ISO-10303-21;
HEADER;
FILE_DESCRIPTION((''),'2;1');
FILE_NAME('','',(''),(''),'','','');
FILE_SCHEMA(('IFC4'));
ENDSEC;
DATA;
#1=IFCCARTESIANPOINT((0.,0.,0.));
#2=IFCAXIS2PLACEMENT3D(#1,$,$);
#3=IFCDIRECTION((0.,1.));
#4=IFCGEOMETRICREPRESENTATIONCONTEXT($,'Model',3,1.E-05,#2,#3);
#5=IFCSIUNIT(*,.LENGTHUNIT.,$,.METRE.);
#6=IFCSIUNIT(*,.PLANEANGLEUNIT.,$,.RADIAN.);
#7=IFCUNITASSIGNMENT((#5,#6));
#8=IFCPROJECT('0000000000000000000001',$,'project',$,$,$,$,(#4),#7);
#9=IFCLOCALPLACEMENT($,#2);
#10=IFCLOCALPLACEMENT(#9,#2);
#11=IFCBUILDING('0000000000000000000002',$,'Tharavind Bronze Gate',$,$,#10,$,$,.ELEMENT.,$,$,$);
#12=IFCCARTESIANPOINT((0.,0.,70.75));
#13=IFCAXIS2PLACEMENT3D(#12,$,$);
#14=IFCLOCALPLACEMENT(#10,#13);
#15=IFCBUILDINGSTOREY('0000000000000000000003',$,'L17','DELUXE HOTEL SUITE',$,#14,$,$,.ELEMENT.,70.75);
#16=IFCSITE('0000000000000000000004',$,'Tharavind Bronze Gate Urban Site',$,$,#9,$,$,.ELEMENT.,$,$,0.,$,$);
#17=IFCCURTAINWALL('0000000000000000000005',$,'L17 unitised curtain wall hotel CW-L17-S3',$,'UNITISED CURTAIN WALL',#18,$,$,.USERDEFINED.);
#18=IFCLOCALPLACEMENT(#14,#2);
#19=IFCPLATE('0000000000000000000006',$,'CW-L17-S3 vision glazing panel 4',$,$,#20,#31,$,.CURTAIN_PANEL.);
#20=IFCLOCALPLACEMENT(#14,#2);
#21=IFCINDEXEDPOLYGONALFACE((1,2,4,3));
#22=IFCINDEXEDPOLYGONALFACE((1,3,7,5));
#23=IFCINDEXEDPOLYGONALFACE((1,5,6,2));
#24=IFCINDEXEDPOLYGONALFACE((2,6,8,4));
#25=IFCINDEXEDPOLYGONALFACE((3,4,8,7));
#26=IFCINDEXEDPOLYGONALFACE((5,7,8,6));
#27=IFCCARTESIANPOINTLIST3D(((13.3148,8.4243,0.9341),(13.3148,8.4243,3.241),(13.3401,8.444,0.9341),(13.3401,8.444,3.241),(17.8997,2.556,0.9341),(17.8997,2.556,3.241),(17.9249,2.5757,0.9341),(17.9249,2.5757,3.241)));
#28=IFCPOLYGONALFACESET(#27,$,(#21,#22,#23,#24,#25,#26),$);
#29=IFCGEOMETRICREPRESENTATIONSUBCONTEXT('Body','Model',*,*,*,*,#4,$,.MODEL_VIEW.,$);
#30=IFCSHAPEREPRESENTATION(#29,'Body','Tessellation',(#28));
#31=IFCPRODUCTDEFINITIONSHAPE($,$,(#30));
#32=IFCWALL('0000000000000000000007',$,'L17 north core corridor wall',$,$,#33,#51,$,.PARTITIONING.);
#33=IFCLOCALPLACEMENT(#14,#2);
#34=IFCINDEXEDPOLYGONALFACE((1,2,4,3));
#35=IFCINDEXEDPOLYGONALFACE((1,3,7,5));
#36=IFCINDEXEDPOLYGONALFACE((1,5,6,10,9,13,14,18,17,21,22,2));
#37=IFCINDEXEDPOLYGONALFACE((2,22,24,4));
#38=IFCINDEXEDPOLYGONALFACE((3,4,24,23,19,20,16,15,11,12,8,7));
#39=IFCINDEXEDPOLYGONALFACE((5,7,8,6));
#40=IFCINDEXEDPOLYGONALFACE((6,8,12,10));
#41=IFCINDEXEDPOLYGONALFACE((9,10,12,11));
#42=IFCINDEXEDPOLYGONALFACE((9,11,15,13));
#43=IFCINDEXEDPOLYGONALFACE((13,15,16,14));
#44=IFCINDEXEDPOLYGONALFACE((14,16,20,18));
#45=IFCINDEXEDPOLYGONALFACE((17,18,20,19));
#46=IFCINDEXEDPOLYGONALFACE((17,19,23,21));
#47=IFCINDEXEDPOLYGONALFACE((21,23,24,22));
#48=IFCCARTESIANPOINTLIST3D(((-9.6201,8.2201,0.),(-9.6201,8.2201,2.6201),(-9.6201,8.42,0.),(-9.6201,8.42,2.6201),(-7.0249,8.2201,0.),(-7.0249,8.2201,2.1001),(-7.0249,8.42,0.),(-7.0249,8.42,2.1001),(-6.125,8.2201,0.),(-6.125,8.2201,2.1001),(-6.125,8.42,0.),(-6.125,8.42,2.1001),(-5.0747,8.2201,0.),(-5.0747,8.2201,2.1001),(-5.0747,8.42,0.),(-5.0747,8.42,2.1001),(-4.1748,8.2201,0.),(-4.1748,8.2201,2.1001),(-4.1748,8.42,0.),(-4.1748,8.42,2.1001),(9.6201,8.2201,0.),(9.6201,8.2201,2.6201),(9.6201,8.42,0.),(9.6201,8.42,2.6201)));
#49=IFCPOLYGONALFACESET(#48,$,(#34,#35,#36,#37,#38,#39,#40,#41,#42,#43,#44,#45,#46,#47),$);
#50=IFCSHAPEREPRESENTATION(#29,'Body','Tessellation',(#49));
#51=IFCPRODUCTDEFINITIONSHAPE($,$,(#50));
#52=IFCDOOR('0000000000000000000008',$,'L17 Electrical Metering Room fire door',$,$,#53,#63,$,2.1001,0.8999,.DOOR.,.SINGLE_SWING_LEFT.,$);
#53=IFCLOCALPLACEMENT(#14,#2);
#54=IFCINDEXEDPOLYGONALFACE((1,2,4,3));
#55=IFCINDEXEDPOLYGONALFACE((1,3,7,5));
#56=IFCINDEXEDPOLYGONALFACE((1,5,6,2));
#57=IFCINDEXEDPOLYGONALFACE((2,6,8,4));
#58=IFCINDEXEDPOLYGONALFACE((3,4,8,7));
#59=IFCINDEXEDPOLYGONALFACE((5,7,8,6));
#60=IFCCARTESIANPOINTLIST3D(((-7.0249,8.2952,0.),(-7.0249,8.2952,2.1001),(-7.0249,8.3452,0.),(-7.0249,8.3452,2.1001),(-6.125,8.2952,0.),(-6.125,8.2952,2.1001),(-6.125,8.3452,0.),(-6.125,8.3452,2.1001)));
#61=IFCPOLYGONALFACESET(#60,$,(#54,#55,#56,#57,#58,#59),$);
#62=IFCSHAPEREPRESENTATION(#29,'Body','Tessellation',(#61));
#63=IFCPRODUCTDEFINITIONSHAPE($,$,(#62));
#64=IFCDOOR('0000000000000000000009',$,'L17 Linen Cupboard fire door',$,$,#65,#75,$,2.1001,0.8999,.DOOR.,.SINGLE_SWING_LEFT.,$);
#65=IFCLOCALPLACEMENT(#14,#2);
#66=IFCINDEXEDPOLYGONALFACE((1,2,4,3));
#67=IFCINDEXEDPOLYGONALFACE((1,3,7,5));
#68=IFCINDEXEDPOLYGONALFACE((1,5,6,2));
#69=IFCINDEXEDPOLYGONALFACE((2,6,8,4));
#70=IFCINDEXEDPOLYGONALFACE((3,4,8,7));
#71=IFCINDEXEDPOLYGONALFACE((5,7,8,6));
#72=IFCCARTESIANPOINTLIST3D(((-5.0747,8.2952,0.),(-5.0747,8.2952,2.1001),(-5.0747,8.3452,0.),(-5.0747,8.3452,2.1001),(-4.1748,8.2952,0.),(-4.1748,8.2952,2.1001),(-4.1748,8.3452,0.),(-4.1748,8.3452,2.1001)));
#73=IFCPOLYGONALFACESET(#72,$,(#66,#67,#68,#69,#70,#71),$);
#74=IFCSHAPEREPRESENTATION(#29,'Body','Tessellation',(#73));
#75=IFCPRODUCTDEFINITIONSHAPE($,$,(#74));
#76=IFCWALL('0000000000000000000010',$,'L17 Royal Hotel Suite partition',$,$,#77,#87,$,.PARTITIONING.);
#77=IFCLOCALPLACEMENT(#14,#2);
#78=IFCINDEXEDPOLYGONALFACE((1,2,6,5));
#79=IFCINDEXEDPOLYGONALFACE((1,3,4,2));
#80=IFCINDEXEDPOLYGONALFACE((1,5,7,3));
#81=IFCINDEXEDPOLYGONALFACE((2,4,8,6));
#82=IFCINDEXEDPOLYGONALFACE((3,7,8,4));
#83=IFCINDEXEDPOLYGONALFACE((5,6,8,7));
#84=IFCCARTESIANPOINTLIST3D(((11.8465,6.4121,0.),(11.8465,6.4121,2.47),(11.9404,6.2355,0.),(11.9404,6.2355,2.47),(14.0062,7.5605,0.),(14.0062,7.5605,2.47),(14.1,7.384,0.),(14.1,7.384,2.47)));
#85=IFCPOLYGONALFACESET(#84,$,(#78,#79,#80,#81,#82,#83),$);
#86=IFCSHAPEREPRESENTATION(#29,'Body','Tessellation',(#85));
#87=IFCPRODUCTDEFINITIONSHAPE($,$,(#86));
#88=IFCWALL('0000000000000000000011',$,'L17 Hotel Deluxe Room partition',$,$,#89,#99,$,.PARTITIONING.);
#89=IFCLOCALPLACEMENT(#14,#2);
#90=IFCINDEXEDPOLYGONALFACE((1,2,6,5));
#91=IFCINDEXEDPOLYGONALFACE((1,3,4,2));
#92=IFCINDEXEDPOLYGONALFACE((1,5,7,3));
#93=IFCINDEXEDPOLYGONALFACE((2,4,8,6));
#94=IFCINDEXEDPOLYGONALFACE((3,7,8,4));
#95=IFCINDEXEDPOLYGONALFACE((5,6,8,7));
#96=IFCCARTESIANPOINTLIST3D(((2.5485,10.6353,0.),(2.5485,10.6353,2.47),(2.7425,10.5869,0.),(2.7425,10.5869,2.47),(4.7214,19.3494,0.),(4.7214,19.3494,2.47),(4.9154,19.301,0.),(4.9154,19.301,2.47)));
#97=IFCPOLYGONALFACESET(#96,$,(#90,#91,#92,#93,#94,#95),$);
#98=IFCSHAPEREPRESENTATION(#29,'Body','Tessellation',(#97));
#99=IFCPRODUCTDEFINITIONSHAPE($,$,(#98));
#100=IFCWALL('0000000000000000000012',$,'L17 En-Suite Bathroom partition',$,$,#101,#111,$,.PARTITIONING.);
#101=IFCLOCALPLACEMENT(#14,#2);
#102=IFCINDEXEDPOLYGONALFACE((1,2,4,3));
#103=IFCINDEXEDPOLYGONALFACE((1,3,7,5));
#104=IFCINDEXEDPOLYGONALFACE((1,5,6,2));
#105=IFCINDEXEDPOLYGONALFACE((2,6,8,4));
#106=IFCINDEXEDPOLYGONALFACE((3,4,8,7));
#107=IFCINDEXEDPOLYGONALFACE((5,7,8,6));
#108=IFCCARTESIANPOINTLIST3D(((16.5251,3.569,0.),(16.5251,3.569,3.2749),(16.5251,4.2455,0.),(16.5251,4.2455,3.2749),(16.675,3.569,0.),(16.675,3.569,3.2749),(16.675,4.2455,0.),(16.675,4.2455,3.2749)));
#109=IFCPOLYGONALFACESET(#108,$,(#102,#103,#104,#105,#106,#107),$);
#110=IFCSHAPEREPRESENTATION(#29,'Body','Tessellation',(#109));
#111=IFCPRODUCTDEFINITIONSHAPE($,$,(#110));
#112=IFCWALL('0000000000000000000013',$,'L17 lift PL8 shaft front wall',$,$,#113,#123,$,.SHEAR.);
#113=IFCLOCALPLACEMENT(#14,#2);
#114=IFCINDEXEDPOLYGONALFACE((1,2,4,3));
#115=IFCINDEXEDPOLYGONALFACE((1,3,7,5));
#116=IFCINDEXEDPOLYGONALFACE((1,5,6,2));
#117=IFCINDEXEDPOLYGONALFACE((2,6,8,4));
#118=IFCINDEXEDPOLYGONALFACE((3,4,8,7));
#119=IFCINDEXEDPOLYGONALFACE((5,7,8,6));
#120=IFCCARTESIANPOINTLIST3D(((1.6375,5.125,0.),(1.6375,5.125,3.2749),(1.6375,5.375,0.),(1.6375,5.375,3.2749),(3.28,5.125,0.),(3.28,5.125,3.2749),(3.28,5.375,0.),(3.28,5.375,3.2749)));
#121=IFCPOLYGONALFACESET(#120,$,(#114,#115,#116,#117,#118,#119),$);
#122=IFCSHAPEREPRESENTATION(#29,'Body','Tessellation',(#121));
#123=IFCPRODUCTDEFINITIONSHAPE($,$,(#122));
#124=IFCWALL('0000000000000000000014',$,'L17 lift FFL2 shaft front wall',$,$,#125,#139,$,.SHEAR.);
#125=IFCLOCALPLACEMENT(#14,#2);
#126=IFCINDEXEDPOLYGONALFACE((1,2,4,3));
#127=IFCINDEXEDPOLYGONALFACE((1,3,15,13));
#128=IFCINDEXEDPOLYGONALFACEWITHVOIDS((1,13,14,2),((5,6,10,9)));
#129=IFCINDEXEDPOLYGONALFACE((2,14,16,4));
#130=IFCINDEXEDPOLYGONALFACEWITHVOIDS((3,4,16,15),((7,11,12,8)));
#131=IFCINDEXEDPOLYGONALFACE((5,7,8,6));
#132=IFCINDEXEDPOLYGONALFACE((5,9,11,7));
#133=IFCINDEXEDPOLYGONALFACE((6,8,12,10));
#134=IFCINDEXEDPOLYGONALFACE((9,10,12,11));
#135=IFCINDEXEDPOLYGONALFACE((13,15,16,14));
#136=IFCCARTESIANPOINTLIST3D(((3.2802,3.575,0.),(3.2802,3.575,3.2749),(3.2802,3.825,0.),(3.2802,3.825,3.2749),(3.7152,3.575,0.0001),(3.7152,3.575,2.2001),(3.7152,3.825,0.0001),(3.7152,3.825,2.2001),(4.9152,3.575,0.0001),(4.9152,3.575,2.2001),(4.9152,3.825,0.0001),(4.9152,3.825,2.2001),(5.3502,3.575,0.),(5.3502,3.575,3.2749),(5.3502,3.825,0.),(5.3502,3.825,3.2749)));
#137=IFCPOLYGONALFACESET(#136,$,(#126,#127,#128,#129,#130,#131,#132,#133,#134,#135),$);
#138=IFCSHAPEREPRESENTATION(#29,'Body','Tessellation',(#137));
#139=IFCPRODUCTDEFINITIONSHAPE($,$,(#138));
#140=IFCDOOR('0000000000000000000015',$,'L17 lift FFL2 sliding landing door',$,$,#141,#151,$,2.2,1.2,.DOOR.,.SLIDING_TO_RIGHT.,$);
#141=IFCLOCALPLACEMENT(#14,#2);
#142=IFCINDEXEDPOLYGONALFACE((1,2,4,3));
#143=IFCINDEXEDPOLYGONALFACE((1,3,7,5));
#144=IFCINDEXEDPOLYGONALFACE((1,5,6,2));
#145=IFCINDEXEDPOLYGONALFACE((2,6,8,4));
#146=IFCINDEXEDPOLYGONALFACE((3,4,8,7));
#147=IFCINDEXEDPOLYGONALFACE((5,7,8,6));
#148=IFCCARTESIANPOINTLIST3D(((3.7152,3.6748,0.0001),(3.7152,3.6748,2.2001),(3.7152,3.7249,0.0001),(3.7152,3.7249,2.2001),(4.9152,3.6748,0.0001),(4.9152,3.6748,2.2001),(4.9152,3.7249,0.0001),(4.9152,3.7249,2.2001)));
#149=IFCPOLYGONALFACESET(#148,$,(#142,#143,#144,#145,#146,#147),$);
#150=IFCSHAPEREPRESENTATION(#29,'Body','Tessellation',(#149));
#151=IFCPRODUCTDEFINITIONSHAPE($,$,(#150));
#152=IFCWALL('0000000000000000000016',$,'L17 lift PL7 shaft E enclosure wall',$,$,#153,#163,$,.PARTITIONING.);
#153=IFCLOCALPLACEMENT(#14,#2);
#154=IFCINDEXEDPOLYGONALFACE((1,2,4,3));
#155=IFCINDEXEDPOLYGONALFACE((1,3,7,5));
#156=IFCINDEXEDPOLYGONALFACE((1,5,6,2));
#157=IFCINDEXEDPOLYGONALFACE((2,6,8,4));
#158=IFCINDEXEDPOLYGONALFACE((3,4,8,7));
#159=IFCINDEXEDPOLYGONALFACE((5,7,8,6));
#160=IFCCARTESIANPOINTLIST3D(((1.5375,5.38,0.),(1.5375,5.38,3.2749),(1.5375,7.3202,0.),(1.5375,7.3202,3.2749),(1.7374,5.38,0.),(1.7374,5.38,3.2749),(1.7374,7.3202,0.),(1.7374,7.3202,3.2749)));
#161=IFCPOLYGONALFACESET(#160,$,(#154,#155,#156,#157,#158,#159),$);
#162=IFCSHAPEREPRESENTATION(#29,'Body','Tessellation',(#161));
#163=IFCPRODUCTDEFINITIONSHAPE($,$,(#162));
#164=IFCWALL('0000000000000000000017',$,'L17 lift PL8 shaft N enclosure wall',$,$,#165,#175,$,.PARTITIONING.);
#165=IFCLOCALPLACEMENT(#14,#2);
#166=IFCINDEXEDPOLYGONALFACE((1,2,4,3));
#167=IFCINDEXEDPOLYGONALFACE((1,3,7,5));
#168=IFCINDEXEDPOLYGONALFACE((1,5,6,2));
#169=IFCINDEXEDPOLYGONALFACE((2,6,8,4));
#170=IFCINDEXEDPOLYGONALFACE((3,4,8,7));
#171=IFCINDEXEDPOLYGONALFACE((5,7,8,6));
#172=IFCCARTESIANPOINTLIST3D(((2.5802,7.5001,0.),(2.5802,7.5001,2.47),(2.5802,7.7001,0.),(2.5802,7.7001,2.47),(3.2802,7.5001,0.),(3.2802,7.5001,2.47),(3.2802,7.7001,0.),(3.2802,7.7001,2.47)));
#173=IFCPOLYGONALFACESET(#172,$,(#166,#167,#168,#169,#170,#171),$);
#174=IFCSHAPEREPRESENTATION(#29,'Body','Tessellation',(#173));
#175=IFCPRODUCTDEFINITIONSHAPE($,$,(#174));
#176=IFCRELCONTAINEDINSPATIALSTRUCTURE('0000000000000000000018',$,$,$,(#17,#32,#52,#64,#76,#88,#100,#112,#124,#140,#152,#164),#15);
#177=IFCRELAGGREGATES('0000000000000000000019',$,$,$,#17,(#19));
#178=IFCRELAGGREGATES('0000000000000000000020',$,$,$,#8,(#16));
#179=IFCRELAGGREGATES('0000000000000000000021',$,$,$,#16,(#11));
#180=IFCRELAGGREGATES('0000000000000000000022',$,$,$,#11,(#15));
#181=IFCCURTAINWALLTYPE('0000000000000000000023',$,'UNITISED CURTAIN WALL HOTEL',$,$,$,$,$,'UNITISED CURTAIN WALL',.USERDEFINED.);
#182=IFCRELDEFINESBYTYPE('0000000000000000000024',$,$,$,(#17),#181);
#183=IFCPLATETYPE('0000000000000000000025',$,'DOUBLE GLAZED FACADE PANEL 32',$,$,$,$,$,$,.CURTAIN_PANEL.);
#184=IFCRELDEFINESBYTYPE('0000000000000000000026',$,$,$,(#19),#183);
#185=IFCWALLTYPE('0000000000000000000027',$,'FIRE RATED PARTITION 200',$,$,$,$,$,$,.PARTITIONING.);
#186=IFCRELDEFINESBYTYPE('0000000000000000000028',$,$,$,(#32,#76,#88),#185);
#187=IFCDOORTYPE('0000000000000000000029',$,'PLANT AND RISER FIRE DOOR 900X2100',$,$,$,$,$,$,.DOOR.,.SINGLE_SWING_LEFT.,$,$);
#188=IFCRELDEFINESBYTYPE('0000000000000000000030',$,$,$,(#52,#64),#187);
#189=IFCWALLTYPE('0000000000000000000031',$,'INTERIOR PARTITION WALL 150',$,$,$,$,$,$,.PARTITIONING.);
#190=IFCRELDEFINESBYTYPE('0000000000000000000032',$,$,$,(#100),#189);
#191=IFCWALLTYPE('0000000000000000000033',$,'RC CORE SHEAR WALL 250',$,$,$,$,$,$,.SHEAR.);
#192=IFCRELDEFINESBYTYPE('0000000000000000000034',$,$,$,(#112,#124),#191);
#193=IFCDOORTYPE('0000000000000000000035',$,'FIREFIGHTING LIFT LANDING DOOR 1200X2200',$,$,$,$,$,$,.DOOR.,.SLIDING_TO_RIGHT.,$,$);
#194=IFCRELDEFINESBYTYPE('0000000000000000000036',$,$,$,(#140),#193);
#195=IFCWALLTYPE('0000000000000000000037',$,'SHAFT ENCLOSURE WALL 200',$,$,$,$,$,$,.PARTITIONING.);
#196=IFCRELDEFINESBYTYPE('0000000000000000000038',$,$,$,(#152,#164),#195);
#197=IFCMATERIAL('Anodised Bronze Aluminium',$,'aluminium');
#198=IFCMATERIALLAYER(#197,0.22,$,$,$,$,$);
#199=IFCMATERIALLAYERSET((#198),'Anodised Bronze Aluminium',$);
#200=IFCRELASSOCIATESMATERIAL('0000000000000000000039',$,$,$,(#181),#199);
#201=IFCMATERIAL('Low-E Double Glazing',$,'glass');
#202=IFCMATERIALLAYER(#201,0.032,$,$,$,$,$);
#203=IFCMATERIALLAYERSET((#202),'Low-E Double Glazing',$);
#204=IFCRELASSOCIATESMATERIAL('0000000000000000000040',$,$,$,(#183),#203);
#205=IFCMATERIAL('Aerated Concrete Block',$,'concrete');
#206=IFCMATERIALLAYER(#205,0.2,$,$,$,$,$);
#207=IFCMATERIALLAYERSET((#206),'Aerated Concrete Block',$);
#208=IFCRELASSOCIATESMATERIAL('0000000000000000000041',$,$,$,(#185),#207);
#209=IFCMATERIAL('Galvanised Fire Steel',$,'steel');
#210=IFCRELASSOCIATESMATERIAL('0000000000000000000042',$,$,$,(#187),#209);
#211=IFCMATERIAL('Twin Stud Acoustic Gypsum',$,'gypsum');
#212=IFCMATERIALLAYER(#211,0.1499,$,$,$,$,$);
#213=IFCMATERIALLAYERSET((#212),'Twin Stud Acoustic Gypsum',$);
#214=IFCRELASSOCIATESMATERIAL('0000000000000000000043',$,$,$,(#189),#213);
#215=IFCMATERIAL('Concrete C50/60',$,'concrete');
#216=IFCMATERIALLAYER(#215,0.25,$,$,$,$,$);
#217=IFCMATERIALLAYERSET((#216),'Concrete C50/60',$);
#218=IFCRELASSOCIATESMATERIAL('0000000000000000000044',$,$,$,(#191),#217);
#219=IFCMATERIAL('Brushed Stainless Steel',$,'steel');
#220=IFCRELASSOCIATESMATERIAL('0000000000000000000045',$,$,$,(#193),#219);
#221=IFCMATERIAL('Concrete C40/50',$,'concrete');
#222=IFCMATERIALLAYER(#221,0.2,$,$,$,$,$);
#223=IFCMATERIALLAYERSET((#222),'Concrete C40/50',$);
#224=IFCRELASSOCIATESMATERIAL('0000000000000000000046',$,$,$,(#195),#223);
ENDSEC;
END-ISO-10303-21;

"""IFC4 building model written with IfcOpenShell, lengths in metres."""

from ifc_helpers import new_model, si_unit, direction, frame, frame_2d, origin, origin_2d, place, context, subcontext, project, spatial, rectangle, extrude, material, layer, layer_set, type_object, element, fill, aggregate, save


model = new_model("IFC4")

# Units and contexts
model_context = context("Model", 3, precision=1e-05, world=origin(), true_north=direction((0.0, 1.0)))
body_context = subcontext(model_context, "Body", "Model", "MODEL_VIEW")
ifc_project = project(units=[si_unit("LENGTHUNIT", "METRE"), si_unit("PLANEANGLEUNIT", "RADIAN")], contexts=[model_context])

# Site, building, storey
site_placement = place(None, origin())
site = spatial("IfcSite", under=ifc_project, at=site_placement, Name="Tharavind Bronze Gate Urban Site", CompositionType="ELEMENT", RefElevation=0.0)
building_placement = place(site_placement, origin())
building = spatial("IfcBuilding", under=site, at=building_placement, Name="Tharavind Bronze Gate", CompositionType="ELEMENT")
storey_placement = place(building_placement, frame((0.0, 0.0, 70.75)))
storey = spatial("IfcBuildingStorey", under=building, at=storey_placement, Name="L17", Description="DELUXE HOTEL SUITE", CompositionType="ELEMENT", Elevation=70.75)

# Curtain wall
ifc_material_1 = material(Name="Anodised Bronze Aluminium", Category="aluminium")
ifc_layer_1 = layer(ifc_material_1, 0.22)
ifc_layer_set_1 = layer_set([ifc_layer_1], Name="Anodised Bronze Aluminium")
curtain_wall_type = type_object("IfcCurtainWallType", Name="UNITISED CURTAIN WALL HOTEL", ElementType="UNITISED CURTAIN WALL", PredefinedType="USERDEFINED", material=ifc_layer_set_1)
curtain_wall_placement = place(storey_placement, origin())
curtain_wall = element("IfcCurtainWall", 1, at=curtain_wall_placement, inside=storey, type_object=curtain_wall_type, Name="L17 unitised curtain wall hotel CW-L17-S3", ObjectType="UNITISED CURTAIN WALL", PredefinedType="USERDEFINED")

# Plate
ifc_material_2 = material(Name="Low-E Double Glazing", Category="glass")
ifc_layer_2 = layer(ifc_material_2, 0.032)
ifc_layer_set_2 = layer_set([ifc_layer_2], Name="Low-E Double Glazing")
plate_type_1 = type_object("IfcPlateType", Name="DOUBLE GLAZED FACADE PANEL 32", PredefinedType="CURTAIN_PANEL", material=ifc_layer_set_2)
plate_1_placement = place(storey_placement, frame((15.6199, 5.5, 0.9341), z_axis=(0.0, 0.0, 1.0), x_axis=(-0.615661, 0.788011, 0.0)))
plate_1 = element("IfcPlate", 2, at=plate_1_placement, type_object=plate_type_1, Name="CW-L17-S3 vision glazing panel 4", PredefinedType="CURTAIN_PANEL", context=body_context, shape_type="SweptSolid", body=[
    extrude(rectangle(XDim=7.447, YDim=0.032, at=origin_2d()), origin(), (0.0, 0.0, 1.0), 2.3069),
])
aggregate(curtain_wall, [plate_1])

# Wall, openings, doors
ifc_material_3 = material(Name="Aerated Concrete Block", Category="concrete")
ifc_layer_3 = layer(ifc_material_3, 0.2)
ifc_layer_set_3 = layer_set([ifc_layer_3], Name="Aerated Concrete Block")
wall_type_1 = type_object("IfcWallType", Name="FIRE RATED PARTITION 200", PredefinedType="PARTITIONING", material=ifc_layer_set_3)
wall_1_placement = place(storey_placement, frame((9.6201, 8.3201, 0.0), z_axis=(0.0, 0.0, 1.0), x_axis=(-1.0, 0.0, 0.0)))
wall_1 = element("IfcWall", 3, at=wall_1_placement, inside=storey, type_object=wall_type_1, Name="L17 north core corridor wall", PredefinedType="PARTITIONING", context=body_context, shape_type="SweptSolid", body=[
    extrude(rectangle(XDim=19.2402, YDim=0.2, at=frame_2d((9.6201, 0.0))), origin(), (0.0, 0.0, 1.0), 2.6201),
])
opening_1_placement = place(wall_1_placement, frame((15.7451, 0.0, 0.0)))
opening_1 = element("IfcOpeningElement", 4, at=opening_1_placement, cuts=wall_1, PredefinedType="OPENING", context=body_context, shape_type="SweptSolid", body=[
    extrude(rectangle(XDim=0.8999, YDim=2.1001, at=frame_2d((0.45, 1.05))), frame((0.0, 0.1101, 0.0), z_axis=(0.0, -1.0, 0.0), x_axis=(1.0, 0.0, 0.0)), (0.0, 0.0, 1.0), 0.22),
])
opening_2_placement = place(wall_1_placement, frame((13.7949, 0.0, 0.0)))
opening_2 = element("IfcOpeningElement", 5, at=opening_2_placement, cuts=wall_1, PredefinedType="OPENING", context=body_context, shape_type="SweptSolid", body=[
    extrude(rectangle(XDim=0.8999, YDim=2.1001, at=frame_2d((0.45, 1.05))), frame((0.0, 0.1101, 0.0), z_axis=(0.0, -1.0, 0.0), x_axis=(1.0, 0.0, 0.0)), (0.0, 0.0, 1.0), 0.22),
])
ifc_material_4 = material(Name="Galvanised Fire Steel", Category="steel")
door_type_1 = type_object("IfcDoorType", Name="PLANT AND RISER FIRE DOOR 900X2100", OperationType="SINGLE_SWING_LEFT", PredefinedType="DOOR", material=ifc_material_4)
door_1_placement = place(opening_1_placement, origin())
door_1 = element("IfcDoor", 6, at=door_1_placement, inside=storey, type_object=door_type_1, Name="L17 Electrical Metering Room fire door", OperationType="SINGLE_SWING_LEFT", OverallHeight=2.1001, OverallWidth=0.8999, PredefinedType="DOOR", context=body_context, shape_type="SweptSolid", body=[
    extrude(rectangle(XDim=0.8999, YDim=2.1001, at=frame_2d((0.45, 1.05))), frame((0.0, 0.0249, 0.0), z_axis=(0.0, -1.0, 0.0), x_axis=(1.0, 0.0, 0.0)), (0.0, 0.0, 1.0), 0.05),
])
fill(opening_1, door_1)
door_2_placement = place(opening_2_placement, origin())
door_2 = element("IfcDoor", 7, at=door_2_placement, inside=storey, type_object=door_type_1, Name="L17 Linen Cupboard fire door", OperationType="SINGLE_SWING_LEFT", OverallHeight=2.1001, OverallWidth=0.8999, PredefinedType="DOOR", context=body_context, shape_type="SweptSolid", body=[
    extrude(rectangle(XDim=0.8999, YDim=2.1001, at=frame_2d((0.45, 1.05))), frame((0.0, 0.0249, 0.0), z_axis=(0.0, -1.0, 0.0), x_axis=(1.0, 0.0, 0.0)), (0.0, 0.0, 1.0), 0.05),
])
fill(opening_2, door_2)

# Wall
wall_2_placement = place(storey_placement, frame((11.8933, 6.3237, 0.0), z_axis=(0.0, 0.0, 1.0), x_axis=(0.882927, 0.46951, 0.0)))
element("IfcWall", 8, at=wall_2_placement, inside=storey, type_object=wall_type_1, Name="L17 Royal Hotel Suite partition", PredefinedType="PARTITIONING", context=body_context, shape_type="SweptSolid", body=[
    extrude(rectangle(XDim=2.446, YDim=0.2, at=frame_2d((1.2231, 0.0))), origin(), (0.0, 0.0, 1.0), 2.47),
])

# Wall
wall_3_placement = place(storey_placement, frame((2.6455, 10.6111, 0.0), z_axis=(0.0, 0.0, 1.0), x_axis=(0.241941, 0.970291, 0.0)))
element("IfcWall", 9, at=wall_3_placement, inside=storey, type_object=wall_type_1, Name="L17 Hotel Deluxe Room partition", PredefinedType="PARTITIONING", context=body_context, shape_type="SweptSolid", body=[
    extrude(rectangle(XDim=8.981, YDim=0.2, at=frame_2d((4.4905, 0.0))), origin(), (0.0, 0.0, 1.0), 2.47),
])

# Wall
ifc_material_5 = material(Name="Twin Stud Acoustic Gypsum", Category="gypsum")
ifc_layer_4 = layer(ifc_material_5, 0.1499)
ifc_layer_set_4 = layer_set([ifc_layer_4], Name="Twin Stud Acoustic Gypsum")
wall_type_2 = type_object("IfcWallType", Name="INTERIOR PARTITION WALL 150", PredefinedType="PARTITIONING", material=ifc_layer_set_4)
wall_4_placement = place(storey_placement, frame((16.6001, 4.2456, 0.0), z_axis=(0.0, 0.0, 1.0), x_axis=(0.0, -1.0, 0.0)))
element("IfcWall", 10, at=wall_4_placement, inside=storey, type_object=wall_type_2, Name="L17 En-Suite Bathroom partition", PredefinedType="PARTITIONING", context=body_context, shape_type="SweptSolid", body=[
    extrude(rectangle(XDim=0.6765, YDim=0.1499, at=frame_2d((0.3384, 0.0))), origin(), (0.0, 0.0, 1.0), 3.2749),
])

# Shared definitions
ifc_material_6 = material(Name="Concrete C50/60", Category="concrete")
ifc_layer_5 = layer(ifc_material_6, 0.25)
ifc_layer_set_5 = layer_set([ifc_layer_5], Name="Concrete C50/60")
wall_type_3 = type_object("IfcWallType", Name="RC CORE SHEAR WALL 250", PredefinedType="SHEAR", material=ifc_layer_set_5)

# Wall
wall_5_placement = place(storey_placement, frame((1.6375, 5.25, 0.0), z_axis=(0.0, 0.0, 1.0), x_axis=(1.0, 0.0, 0.0)))
element("IfcWall", 11, at=wall_5_placement, inside=storey, type_object=wall_type_3, Name="L17 lift PL8 shaft front wall", PredefinedType="SHEAR", context=body_context, shape_type="SweptSolid", body=[
    extrude(rectangle(XDim=1.6426, YDim=0.25, at=frame_2d((0.8213, 0.0))), origin(), (0.0, 0.0, 1.0), 3.2749),
])

# Wall, opening, door
wall_6_placement = place(storey_placement, frame((3.28, 3.7, 0.0), z_axis=(0.0, 0.0, 1.0), x_axis=(1.0, 0.0, 0.0)))
wall_6 = element("IfcWall", 12, at=wall_6_placement, inside=storey, type_object=wall_type_3, Name="L17 lift FFL2 shaft front wall", PredefinedType="SHEAR", context=body_context, shape_type="SweptSolid", body=[
    extrude(rectangle(XDim=2.0701, YDim=0.25, at=frame_2d((1.0352, 0.0))), origin(), (0.0, 0.0, 1.0), 3.2749),
])
opening_3_placement = place(wall_6_placement, frame((0.4351, 0.0, 0.0)))
opening_3 = element("IfcOpeningElement", 13, at=opening_3_placement, cuts=wall_6, PredefinedType="OPENING", context=body_context, shape_type="SweptSolid", body=[
    extrude(rectangle(XDim=1.2, YDim=2.2, at=frame_2d((0.6001, 1.1001))), frame((0.0, 0.135, 0.0), z_axis=(0.0, -1.0, 0.0), x_axis=(1.0, 0.0, 0.0)), (0.0, 0.0, 1.0), 0.27),
])
ifc_material_7 = material(Name="Brushed Stainless Steel", Category="steel")
door_type_2 = type_object("IfcDoorType", Name="FIREFIGHTING LIFT LANDING DOOR 1200X2200", OperationType="SLIDING_TO_RIGHT", PredefinedType="DOOR", material=ifc_material_7)
door_3_placement = place(opening_3_placement, origin())
door_3 = element("IfcDoor", 14, at=door_3_placement, inside=storey, type_object=door_type_2, Name="L17 lift FFL2 sliding landing door", OperationType="SLIDING_TO_RIGHT", OverallHeight=2.2, OverallWidth=1.2, PredefinedType="DOOR", context=body_context, shape_type="SweptSolid", body=[
    extrude(rectangle(XDim=1.2, YDim=2.2, at=frame_2d((0.6001, 1.1001))), frame((0.0, 0.0249, 0.0), z_axis=(0.0, -1.0, 0.0), x_axis=(1.0, 0.0, 0.0)), (0.0, 0.0, 1.0), 0.05),
])
fill(opening_3, door_3)

# Walls
ifc_material_8 = material(Name="Concrete C40/50", Category="concrete")
ifc_layer_6 = layer(ifc_material_8, 0.2)
ifc_layer_set_6 = layer_set([ifc_layer_6], Name="Concrete C40/50")
wall_type_4 = type_object("IfcWallType", Name="SHAFT ENCLOSURE WALL 200", PredefinedType="PARTITIONING", material=ifc_layer_set_6)
wall_7_placement = place(storey_placement, frame((1.6375, 5.3799, 0.0), z_axis=(0.0, 0.0, 1.0), x_axis=(0.0, 1.0, 0.0)))
element("IfcWall", 15, at=wall_7_placement, inside=storey, type_object=wall_type_4, Name="L17 lift PL7 shaft E enclosure wall", PredefinedType="PARTITIONING", context=body_context, shape_type="SweptSolid", body=[
    extrude(rectangle(XDim=1.9402, YDim=0.2, at=frame_2d((0.9702, 0.0))), origin(), (0.0, 0.0, 1.0), 3.2749),
])
wall_8_placement = place(storey_placement, frame((2.5801, 7.6001, 0.0), z_axis=(0.0, 0.0, 1.0), x_axis=(1.0, 0.0, 0.0)))
element("IfcWall", 16, at=wall_8_placement, inside=storey, type_object=wall_type_4, Name="L17 lift PL8 shaft N enclosure wall", PredefinedType="PARTITIONING", context=body_context, shape_type="SweptSolid", body=[
    extrude(rectangle(XDim=0.7, YDim=0.2, at=frame_2d((0.3501, 0.0))), origin(), (0.0, 0.0, 1.0), 2.47),
])

save(model, "model.ifc")
